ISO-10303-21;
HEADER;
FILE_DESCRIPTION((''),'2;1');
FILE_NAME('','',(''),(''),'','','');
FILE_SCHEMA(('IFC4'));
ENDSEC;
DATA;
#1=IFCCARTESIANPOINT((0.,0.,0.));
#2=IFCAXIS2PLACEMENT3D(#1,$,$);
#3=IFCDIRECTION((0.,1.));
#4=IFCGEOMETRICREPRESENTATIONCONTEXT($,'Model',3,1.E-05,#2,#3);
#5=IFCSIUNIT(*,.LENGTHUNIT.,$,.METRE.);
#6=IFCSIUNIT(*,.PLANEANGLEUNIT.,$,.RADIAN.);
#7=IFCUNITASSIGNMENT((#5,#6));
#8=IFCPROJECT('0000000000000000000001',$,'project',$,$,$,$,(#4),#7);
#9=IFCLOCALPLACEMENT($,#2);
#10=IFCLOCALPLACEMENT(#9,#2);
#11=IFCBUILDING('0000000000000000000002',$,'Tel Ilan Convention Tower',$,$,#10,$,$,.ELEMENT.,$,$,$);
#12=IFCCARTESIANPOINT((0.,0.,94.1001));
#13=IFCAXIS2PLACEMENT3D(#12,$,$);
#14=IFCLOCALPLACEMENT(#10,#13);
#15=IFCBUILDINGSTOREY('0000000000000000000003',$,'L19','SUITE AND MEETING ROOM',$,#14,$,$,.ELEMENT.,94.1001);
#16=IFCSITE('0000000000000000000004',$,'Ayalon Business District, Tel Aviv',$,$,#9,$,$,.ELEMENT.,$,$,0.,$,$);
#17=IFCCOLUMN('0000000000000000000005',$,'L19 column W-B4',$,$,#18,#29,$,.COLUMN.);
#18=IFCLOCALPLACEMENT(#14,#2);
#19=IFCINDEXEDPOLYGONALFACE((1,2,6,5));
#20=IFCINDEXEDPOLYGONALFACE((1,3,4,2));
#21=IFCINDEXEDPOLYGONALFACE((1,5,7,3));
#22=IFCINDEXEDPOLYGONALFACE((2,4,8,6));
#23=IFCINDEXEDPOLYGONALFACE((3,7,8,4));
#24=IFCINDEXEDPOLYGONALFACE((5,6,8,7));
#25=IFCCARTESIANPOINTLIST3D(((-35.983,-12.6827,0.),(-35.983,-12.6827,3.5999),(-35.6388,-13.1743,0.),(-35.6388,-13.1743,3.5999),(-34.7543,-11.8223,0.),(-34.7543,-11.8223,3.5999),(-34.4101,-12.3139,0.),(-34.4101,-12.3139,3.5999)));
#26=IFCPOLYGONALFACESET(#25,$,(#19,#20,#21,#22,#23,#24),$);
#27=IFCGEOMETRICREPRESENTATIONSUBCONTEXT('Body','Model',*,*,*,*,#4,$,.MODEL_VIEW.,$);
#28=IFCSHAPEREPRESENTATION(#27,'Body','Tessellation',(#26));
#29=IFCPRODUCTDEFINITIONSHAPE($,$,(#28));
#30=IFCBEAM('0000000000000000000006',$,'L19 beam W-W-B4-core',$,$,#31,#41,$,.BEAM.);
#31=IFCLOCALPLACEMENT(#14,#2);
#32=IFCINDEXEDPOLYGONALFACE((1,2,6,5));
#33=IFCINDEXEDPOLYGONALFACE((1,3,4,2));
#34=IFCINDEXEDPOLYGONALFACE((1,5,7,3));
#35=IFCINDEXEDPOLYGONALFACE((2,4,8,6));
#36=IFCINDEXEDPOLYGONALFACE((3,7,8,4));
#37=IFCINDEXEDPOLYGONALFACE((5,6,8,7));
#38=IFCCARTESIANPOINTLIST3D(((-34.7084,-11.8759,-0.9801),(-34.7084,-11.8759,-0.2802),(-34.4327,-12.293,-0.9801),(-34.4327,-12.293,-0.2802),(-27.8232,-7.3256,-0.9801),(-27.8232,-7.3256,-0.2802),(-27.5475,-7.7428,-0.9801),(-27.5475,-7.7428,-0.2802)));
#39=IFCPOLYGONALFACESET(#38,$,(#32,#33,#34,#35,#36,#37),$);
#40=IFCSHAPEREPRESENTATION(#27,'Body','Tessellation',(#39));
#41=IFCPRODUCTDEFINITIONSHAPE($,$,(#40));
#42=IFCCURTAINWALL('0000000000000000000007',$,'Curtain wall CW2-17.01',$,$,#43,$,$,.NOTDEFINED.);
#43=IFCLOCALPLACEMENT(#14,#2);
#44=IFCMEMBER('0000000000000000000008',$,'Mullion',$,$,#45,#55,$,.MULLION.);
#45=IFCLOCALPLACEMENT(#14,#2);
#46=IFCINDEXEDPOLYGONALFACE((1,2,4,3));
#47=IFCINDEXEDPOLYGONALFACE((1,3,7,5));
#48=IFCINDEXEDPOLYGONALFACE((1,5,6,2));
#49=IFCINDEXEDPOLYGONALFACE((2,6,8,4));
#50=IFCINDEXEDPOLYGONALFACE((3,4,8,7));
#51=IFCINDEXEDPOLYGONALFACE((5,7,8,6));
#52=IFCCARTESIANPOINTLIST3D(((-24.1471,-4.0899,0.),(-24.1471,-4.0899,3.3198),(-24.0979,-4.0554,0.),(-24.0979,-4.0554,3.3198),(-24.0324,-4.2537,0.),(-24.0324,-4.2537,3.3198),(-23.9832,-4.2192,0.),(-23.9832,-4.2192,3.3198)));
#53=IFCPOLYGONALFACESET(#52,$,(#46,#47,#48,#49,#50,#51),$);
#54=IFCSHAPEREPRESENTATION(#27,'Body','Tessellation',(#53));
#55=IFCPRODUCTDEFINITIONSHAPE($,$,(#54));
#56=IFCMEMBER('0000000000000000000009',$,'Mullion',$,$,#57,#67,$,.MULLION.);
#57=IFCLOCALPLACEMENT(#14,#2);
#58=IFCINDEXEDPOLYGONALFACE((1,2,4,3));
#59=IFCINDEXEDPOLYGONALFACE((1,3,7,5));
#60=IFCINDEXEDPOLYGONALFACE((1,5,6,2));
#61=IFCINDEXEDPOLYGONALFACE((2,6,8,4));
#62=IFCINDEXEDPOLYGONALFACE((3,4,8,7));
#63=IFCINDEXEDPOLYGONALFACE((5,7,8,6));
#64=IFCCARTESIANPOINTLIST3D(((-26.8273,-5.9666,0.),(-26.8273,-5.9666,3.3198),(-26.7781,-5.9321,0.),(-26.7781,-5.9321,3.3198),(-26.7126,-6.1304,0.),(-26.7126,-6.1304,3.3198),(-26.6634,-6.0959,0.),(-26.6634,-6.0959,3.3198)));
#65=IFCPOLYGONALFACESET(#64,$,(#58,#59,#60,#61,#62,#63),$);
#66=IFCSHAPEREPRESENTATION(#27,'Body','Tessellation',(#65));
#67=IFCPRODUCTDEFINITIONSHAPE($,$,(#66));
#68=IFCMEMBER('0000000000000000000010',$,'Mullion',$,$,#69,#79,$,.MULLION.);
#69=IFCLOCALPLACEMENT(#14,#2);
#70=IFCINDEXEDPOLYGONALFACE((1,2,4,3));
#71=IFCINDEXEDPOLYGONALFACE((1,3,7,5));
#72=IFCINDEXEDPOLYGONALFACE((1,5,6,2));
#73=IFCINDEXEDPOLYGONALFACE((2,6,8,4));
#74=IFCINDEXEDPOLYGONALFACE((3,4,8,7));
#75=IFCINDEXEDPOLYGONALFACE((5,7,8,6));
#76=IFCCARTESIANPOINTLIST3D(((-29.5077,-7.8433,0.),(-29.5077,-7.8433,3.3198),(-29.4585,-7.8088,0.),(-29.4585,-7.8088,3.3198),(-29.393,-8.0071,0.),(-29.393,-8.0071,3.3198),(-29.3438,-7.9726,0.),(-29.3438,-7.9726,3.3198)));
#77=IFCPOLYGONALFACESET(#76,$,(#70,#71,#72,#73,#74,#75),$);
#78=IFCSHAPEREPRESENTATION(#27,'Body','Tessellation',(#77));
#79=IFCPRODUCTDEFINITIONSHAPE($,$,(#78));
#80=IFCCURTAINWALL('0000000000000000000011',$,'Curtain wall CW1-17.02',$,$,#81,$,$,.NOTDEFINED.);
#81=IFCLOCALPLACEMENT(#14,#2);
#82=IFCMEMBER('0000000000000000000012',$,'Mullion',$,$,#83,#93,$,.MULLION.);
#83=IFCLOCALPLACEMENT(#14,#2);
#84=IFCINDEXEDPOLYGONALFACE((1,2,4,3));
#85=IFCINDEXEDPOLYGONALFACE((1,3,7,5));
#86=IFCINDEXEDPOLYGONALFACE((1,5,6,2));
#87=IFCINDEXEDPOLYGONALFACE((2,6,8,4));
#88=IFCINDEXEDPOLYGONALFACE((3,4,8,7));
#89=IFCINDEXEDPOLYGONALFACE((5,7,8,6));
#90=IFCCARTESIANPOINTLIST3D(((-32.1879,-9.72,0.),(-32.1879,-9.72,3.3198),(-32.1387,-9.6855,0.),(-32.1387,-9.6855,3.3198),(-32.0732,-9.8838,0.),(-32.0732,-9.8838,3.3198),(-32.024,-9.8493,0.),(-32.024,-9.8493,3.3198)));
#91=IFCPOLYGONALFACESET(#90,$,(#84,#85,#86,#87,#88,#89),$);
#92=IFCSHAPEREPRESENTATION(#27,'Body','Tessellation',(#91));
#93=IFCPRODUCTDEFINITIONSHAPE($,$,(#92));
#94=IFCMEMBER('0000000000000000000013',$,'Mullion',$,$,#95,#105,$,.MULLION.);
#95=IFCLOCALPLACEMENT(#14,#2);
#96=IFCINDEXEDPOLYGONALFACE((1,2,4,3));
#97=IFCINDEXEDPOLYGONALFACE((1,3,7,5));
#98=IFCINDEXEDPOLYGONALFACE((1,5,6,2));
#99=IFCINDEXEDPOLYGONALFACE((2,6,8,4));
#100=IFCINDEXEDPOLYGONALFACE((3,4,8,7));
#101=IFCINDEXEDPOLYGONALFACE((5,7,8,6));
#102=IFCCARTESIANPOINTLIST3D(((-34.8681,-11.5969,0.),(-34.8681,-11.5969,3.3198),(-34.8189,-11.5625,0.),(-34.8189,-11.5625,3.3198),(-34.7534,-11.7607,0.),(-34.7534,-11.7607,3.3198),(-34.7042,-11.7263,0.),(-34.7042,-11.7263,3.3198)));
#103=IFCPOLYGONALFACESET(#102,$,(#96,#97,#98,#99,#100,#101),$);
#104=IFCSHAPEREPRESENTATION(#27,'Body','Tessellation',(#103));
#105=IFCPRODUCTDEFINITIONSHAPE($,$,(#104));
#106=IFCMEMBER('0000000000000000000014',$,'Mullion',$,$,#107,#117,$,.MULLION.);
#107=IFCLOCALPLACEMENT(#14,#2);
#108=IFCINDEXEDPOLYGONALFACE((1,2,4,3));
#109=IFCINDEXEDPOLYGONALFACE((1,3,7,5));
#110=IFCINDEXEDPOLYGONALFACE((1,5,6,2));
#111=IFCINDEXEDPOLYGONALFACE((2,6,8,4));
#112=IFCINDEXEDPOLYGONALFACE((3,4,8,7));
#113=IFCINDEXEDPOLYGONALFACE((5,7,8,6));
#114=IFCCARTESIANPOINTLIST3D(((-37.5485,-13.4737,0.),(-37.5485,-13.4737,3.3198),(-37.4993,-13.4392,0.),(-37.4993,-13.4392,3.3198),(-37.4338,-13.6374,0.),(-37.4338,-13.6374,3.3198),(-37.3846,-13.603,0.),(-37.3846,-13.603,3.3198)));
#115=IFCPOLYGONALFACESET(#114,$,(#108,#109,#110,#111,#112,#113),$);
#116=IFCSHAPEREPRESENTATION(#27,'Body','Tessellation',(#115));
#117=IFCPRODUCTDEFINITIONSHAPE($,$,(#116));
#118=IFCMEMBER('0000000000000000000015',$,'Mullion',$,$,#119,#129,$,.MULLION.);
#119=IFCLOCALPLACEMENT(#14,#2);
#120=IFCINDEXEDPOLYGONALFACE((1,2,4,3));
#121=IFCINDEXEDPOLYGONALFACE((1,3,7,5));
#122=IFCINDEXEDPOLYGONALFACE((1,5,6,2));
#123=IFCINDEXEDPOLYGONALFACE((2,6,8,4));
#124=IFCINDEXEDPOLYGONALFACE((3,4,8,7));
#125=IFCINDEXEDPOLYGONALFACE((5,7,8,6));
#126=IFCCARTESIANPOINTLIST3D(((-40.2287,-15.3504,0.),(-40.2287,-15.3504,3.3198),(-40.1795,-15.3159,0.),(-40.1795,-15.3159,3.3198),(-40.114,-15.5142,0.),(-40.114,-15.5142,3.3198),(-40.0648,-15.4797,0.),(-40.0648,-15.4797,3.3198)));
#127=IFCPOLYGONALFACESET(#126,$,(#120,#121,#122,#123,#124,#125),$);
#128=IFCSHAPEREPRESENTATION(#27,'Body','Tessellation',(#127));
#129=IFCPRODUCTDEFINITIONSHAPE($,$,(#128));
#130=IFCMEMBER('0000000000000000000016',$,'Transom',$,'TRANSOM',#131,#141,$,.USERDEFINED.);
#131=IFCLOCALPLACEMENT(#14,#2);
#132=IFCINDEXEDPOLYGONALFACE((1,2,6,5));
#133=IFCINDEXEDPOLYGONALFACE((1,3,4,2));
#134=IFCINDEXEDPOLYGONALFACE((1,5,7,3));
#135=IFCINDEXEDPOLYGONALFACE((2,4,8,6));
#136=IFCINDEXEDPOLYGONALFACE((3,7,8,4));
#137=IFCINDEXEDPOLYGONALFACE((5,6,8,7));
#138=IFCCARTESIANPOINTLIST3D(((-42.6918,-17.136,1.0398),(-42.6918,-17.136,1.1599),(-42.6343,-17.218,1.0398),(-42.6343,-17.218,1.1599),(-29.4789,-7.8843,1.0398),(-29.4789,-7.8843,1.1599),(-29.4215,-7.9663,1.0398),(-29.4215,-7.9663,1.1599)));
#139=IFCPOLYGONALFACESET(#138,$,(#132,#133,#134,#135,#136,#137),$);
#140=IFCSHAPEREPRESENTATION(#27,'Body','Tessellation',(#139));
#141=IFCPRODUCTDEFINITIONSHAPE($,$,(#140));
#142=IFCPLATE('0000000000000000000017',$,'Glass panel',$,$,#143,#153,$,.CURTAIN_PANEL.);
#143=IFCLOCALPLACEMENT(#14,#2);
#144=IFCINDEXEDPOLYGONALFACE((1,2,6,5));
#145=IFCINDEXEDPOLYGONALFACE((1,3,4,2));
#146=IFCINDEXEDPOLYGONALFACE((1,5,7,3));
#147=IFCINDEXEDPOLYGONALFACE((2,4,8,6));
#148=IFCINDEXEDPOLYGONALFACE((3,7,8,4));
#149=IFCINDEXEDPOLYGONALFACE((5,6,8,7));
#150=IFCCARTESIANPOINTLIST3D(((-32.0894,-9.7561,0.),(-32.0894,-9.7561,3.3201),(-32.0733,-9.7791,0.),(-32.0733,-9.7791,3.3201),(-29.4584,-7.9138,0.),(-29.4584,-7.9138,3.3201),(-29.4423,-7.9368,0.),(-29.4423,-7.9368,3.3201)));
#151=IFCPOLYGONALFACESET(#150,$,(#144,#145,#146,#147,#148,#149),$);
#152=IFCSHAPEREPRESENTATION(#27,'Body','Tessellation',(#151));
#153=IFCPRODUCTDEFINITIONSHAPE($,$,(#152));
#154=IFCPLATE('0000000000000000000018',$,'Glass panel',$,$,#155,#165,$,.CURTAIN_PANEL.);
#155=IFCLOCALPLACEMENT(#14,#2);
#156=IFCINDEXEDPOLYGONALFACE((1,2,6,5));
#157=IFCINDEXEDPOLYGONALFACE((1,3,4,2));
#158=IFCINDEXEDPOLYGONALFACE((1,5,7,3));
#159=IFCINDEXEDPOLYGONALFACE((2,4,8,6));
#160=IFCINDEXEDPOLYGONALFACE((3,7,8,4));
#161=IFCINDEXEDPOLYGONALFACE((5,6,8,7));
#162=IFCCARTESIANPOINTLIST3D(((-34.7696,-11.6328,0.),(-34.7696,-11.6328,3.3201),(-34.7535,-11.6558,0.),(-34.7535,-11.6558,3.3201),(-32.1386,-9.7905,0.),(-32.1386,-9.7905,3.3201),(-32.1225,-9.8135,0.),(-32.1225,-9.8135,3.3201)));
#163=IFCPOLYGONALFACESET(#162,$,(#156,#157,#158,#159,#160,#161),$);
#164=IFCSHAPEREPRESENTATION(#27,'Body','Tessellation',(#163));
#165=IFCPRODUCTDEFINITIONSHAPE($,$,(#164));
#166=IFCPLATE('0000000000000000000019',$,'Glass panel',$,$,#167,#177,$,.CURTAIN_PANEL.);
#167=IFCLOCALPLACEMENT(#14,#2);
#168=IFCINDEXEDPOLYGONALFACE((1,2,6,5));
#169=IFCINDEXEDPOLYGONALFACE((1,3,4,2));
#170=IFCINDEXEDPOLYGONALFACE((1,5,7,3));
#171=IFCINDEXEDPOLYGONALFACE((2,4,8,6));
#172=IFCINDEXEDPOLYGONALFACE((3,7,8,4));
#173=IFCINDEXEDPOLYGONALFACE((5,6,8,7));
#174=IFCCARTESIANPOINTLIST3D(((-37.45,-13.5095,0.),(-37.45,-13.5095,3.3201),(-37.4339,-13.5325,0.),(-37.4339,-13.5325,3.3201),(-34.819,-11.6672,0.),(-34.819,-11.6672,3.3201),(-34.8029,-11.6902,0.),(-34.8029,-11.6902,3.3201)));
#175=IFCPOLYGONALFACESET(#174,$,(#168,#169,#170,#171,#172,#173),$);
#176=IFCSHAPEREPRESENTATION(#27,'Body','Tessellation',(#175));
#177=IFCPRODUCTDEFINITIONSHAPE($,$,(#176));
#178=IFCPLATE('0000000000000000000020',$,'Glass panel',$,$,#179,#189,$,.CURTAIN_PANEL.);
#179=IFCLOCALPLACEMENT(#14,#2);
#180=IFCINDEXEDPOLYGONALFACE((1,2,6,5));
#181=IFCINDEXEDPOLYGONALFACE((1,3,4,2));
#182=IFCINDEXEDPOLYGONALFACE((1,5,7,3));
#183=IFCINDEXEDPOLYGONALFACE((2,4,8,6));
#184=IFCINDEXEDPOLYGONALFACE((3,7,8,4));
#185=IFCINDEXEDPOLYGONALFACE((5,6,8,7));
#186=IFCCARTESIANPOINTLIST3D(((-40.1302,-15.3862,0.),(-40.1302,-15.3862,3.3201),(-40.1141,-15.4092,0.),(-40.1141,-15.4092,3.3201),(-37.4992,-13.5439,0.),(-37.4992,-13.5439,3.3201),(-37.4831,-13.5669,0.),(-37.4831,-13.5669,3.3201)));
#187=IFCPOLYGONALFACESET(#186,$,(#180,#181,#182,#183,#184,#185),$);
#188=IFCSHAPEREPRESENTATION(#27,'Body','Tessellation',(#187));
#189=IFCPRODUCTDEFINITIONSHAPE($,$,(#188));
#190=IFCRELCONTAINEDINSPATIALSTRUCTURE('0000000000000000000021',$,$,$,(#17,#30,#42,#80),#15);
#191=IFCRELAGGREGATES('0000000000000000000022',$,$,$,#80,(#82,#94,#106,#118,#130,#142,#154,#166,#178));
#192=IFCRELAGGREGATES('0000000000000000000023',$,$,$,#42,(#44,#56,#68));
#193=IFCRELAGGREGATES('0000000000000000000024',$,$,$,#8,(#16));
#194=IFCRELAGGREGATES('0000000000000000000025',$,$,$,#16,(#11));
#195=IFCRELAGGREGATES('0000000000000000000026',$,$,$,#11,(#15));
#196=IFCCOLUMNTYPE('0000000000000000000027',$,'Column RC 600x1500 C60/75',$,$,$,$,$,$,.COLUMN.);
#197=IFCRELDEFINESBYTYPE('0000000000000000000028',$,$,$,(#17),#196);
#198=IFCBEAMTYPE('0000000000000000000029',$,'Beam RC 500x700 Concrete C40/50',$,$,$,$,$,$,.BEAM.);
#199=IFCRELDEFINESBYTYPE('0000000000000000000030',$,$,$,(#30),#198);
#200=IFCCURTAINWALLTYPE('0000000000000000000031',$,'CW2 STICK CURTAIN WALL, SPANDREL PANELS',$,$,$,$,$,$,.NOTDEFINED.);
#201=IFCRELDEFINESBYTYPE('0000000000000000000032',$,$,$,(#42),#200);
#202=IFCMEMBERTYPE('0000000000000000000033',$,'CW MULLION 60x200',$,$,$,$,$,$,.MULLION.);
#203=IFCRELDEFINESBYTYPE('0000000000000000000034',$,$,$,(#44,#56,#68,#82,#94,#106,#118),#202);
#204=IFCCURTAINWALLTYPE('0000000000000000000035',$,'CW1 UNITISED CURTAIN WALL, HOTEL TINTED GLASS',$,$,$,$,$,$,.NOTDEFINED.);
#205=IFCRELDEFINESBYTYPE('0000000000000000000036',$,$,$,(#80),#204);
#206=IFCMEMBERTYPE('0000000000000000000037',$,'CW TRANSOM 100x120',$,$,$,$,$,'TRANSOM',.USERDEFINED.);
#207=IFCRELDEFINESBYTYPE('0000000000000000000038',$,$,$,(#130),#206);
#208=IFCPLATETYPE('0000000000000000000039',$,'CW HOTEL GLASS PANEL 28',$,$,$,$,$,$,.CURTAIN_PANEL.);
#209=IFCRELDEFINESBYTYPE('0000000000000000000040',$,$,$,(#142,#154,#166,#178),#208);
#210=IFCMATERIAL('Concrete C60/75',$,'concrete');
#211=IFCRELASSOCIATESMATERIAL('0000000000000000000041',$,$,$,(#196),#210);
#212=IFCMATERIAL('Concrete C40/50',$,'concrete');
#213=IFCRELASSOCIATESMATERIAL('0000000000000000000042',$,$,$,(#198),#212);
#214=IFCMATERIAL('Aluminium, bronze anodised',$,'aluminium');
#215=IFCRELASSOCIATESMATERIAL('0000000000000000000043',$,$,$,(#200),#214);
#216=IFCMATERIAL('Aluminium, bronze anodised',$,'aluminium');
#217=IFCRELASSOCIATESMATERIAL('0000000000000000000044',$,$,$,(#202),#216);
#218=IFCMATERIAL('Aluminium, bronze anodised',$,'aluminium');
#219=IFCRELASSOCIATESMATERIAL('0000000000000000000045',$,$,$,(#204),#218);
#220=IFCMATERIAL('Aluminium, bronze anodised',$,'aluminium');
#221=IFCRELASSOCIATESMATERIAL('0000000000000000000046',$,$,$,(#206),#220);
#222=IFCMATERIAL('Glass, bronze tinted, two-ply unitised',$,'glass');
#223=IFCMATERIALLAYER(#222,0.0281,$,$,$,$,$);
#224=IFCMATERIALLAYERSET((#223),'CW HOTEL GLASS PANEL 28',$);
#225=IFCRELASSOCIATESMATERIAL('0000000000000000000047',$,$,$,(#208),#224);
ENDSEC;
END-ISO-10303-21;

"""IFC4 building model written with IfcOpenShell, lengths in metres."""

from ifc_helpers import new_model, si_unit, direction, frame, origin, origin_2d, place, context, subcontext, project, spatial, rectangle, extrude, material, layer, layer_set, material_profile, profile_set, type_object, element, aggregate, save


model = new_model("IFC4")

# Units and contexts
model_context = context("Model", 3, precision=1e-05, world=origin(), true_north=direction((0.0, 1.0)))
body_context = subcontext(model_context, "Body", "Model", "MODEL_VIEW")
ifc_project = project(units=[si_unit("LENGTHUNIT", "METRE"), si_unit("PLANEANGLEUNIT", "RADIAN")], contexts=[model_context])

# Site, building, storey
site_placement = place(None, origin())
site = spatial("IfcSite", under=ifc_project, at=site_placement, Name="Ayalon Business District, Tel Aviv", CompositionType="ELEMENT", RefElevation=0.0)
building_placement = place(site_placement, origin())
building = spatial("IfcBuilding", under=site, at=building_placement, Name="Tel Ilan Convention Tower", CompositionType="ELEMENT")
storey_placement = place(building_placement, frame((0.0, 0.0, 94.1001)))
storey = spatial("IfcBuildingStorey", under=building, at=storey_placement, Name="L19", Description="SUITE AND MEETING ROOM", CompositionType="ELEMENT", Elevation=94.1001)

# Column
ifc_material_1 = material(Name="Concrete C60/75", Category="concrete")
ifc_material_profile_1 = material_profile(ifc_material_1, rectangle(XDim=1.5, YDim=0.6001, at=origin_2d()), Name="RC 600x1500")
ifc_profile_set_1 = profile_set([ifc_material_profile_1], Name="Concrete C60/75")
column_type = type_object("IfcColumnType", Name="Column RC 600x1500 C60/75", PredefinedType="COLUMN", material=ifc_profile_set_1)
column_placement = place(storey_placement, frame((-35.1965, -12.4983, 0.0), z_axis=(0.0, 0.0, 1.0), x_axis=(-0.819152, -0.573576, 0.0)))
element("IfcColumn", 1, at=column_placement, inside=storey, type_object=column_type, Name="L19 column W-B4", PredefinedType="COLUMN", context=body_context, shape_type="SweptSolid", body=[
    extrude(rectangle(XDim=1.5, YDim=0.6001, at=origin_2d()), origin(), (0.0, 0.0, 1.0), 3.5999),
])

# Beam
ifc_material_2 = material(Name="Concrete C40/50", Category="concrete")
ifc_material_profile_2 = material_profile(ifc_material_2, rectangle(XDim=0.5, YDim=0.7, at=origin_2d()), Name="RC 500x700")
ifc_profile_set_2 = profile_set([ifc_material_profile_2], Name="Concrete C40/50")
beam_type = type_object("IfcBeamType", Name="Beam RC 500x700 Concrete C40/50", PredefinedType="BEAM", material=ifc_profile_set_2)
beam_placement = place(storey_placement, frame((-34.5706, -12.0845, -0.6301), z_axis=(0.834274, 0.551351, 0.0), x_axis=(-0.551351, 0.834274, 0.0)))
element("IfcBeam", 2, at=beam_placement, inside=storey, type_object=beam_type, Name="L19 beam W-W-B4-core", PredefinedType="BEAM", context=body_context, shape_type="SweptSolid", body=[
    extrude(rectangle(XDim=0.5, YDim=0.7, at=origin_2d()), origin(), (0.0, 0.0, 1.0), 8.2529),
])

# Curtain wall, members
ifc_material_3 = material(Name="Aluminium, bronze anodised", Category="aluminium")
curtain_wall_type_1 = type_object("IfcCurtainWallType", Name="CW2 STICK CURTAIN WALL, SPANDREL PANELS", PredefinedType="NOTDEFINED", material=ifc_material_3)
curtain_wall_1_placement = place(storey_placement, origin())
curtain_wall_1 = element("IfcCurtainWall", 3, at=curtain_wall_1_placement, inside=storey, type_object=curtain_wall_type_1, Name="Curtain wall CW2-17.01", PredefinedType="NOTDEFINED")
ifc_material_4 = material(Name="Aluminium, bronze anodised", Category="aluminium")
ifc_material_profile_3 = material_profile(ifc_material_4, rectangle(XDim=0.0601, YDim=0.2, at=origin_2d()), Name="CW MULLION 60x200")
ifc_profile_set_3 = profile_set([ifc_material_profile_3], Name="Aluminium, bronze anodised")
member_type_1 = type_object("IfcMemberType", Name="CW MULLION 60x200", PredefinedType="MULLION", material=ifc_profile_set_3)
member_1_placement = place(storey_placement, frame((-24.0652, -4.1545, 0.0), z_axis=(0.0, 0.0, 1.0), x_axis=(-0.819152, -0.573576, 0.0)))
member_1 = element("IfcMember", 4, at=member_1_placement, type_object=member_type_1, Name="Mullion", PredefinedType="MULLION", context=body_context, shape_type="SweptSolid", body=[
    extrude(rectangle(XDim=0.0601, YDim=0.2, at=origin_2d()), origin(), (0.0, 0.0, 1.0), 3.3198),
])
member_2_placement = place(storey_placement, frame((-26.7454, -6.0312, 0.0), z_axis=(0.0, 0.0, 1.0), x_axis=(-0.819152, -0.573576, 0.0)))
member_2 = element("IfcMember", 5, at=member_2_placement, type_object=member_type_1, Name="Mullion", PredefinedType="MULLION", context=body_context, shape_type="SweptSolid", body=[
    extrude(rectangle(XDim=0.0601, YDim=0.2, at=origin_2d()), origin(), (0.0, 0.0, 1.0), 3.3198),
])
member_3_placement = place(storey_placement, frame((-29.4258, -7.908, 0.0), z_axis=(0.0, 0.0, 1.0), x_axis=(-0.819152, -0.573576, 0.0)))
member_3 = element("IfcMember", 6, at=member_3_placement, type_object=member_type_1, Name="Mullion", PredefinedType="MULLION", context=body_context, shape_type="SweptSolid", body=[
    extrude(rectangle(XDim=0.0601, YDim=0.2, at=origin_2d()), origin(), (0.0, 0.0, 1.0), 3.3198),
])

# Curtain wall, members, plates
ifc_material_5 = material(Name="Aluminium, bronze anodised", Category="aluminium")
curtain_wall_type_2 = type_object("IfcCurtainWallType", Name="CW1 UNITISED CURTAIN WALL, HOTEL TINTED GLASS", PredefinedType="NOTDEFINED", material=ifc_material_5)
curtain_wall_2_placement = place(storey_placement, origin())
curtain_wall_2 = element("IfcCurtainWall", 7, at=curtain_wall_2_placement, inside=storey, type_object=curtain_wall_type_2, Name="Curtain wall CW1-17.02", PredefinedType="NOTDEFINED")
member_4_placement = place(storey_placement, frame((-32.106, -9.7847, 0.0), z_axis=(0.0, 0.0, 1.0), x_axis=(-0.819152, -0.573576, 0.0)))
member_4 = element("IfcMember", 8, at=member_4_placement, type_object=member_type_1, Name="Mullion", PredefinedType="MULLION", context=body_context, shape_type="SweptSolid", body=[
    extrude(rectangle(XDim=0.0601, YDim=0.2, at=origin_2d()), origin(), (0.0, 0.0, 1.0), 3.3198),
])
member_5_placement = place(storey_placement, frame((-34.7861, -11.6616, 0.0), z_axis=(0.0, 0.0, 1.0), x_axis=(-0.819152, -0.573576, 0.0)))
member_5 = element("IfcMember", 9, at=member_5_placement, type_object=member_type_1, Name="Mullion", PredefinedType="MULLION", context=body_context, shape_type="SweptSolid", body=[
    extrude(rectangle(XDim=0.0601, YDim=0.2, at=origin_2d()), origin(), (0.0, 0.0, 1.0), 3.3198),
])
member_6_placement = place(storey_placement, frame((-37.4666, -13.5383, 0.0), z_axis=(0.0, 0.0, 1.0), x_axis=(-0.819152, -0.573576, 0.0)))
member_6 = element("IfcMember", 10, at=member_6_placement, type_object=member_type_1, Name="Mullion", PredefinedType="MULLION", context=body_context, shape_type="SweptSolid", body=[
    extrude(rectangle(XDim=0.0601, YDim=0.2, at=origin_2d()), origin(), (0.0, 0.0, 1.0), 3.3198),
])
member_7_placement = place(storey_placement, frame((-40.1467, -15.415, 0.0), z_axis=(0.0, 0.0, 1.0), x_axis=(-0.819152, -0.573576, 0.0)))
member_7 = element("IfcMember", 11, at=member_7_placement, type_object=member_type_1, Name="Mullion", PredefinedType="MULLION", context=body_context, shape_type="SweptSolid", body=[
    extrude(rectangle(XDim=0.0601, YDim=0.2, at=origin_2d()), origin(), (0.0, 0.0, 1.0), 3.3198),
])
ifc_material_6 = material(Name="Aluminium, bronze anodised", Category="aluminium")
ifc_material_profile_4 = material_profile(ifc_material_6, rectangle(XDim=0.1001, YDim=0.1201, at=origin_2d()), Name="CW TRANSOM 100x120")
ifc_profile_set_4 = profile_set([ifc_material_profile_4], Name="Aluminium, bronze anodised")
member_type_2 = type_object("IfcMemberType", Name="CW TRANSOM 100x120", ElementType="TRANSOM", PredefinedType="USERDEFINED", material=ifc_profile_set_4)
member_8_placement = place(storey_placement, frame((-29.4502, -7.9253, 1.0999), z_axis=(-0.819154, -0.573574, 0.0), x_axis=(0.573574, -0.819154, 0.0)))
member_8 = element("IfcMember", 12, at=member_8_placement, type_object=member_type_2, Name="Transom", ObjectType="TRANSOM", PredefinedType="USERDEFINED", context=body_context, shape_type="SweptSolid", body=[
    extrude(rectangle(XDim=0.1001, YDim=0.1201, at=origin_2d()), origin(), (0.0, 0.0, 1.0), 16.1299),
])
ifc_material_7 = material(Name="Glass, bronze tinted, two-ply unitised", Category="glass")
ifc_layer_1 = layer(ifc_material_7, 0.0281)
ifc_layer_set_1 = layer_set([ifc_layer_1], Name="CW HOTEL GLASS PANEL 28")
plate_type_1 = type_object("IfcPlateType", Name="CW HOTEL GLASS PANEL 28", PredefinedType="CURTAIN_PANEL", material=ifc_layer_set_1)
plate_1_placement = place(storey_placement, frame((-30.7659, -8.8464, 0.0), z_axis=(0.0, 0.0, 1.0), x_axis=(-0.819152, -0.573576, 0.0)))
plate_1 = element("IfcPlate", 13, at=plate_1_placement, type_object=plate_type_1, Name="Glass panel", PredefinedType="CURTAIN_PANEL", context=body_context, shape_type="SweptSolid", body=[
    extrude(rectangle(XDim=3.2119, YDim=0.0281, at=origin_2d()), origin(), (0.0, 0.0, 1.0), 3.3201),
])
plate_2_placement = place(storey_placement, frame((-33.446, -10.7231, 0.0), z_axis=(0.0, 0.0, 1.0), x_axis=(-0.819152, -0.573576, 0.0)))
plate_2 = element("IfcPlate", 14, at=plate_2_placement, type_object=plate_type_1, Name="Glass panel", PredefinedType="CURTAIN_PANEL", context=body_context, shape_type="SweptSolid", body=[
    extrude(rectangle(XDim=3.2119, YDim=0.0281, at=origin_2d()), origin(), (0.0, 0.0, 1.0), 3.3201),
])
plate_3_placement = place(storey_placement, frame((-36.1265, -12.5999, 0.0), z_axis=(0.0, 0.0, 1.0), x_axis=(-0.819152, -0.573576, 0.0)))
plate_3 = element("IfcPlate", 15, at=plate_3_placement, type_object=plate_type_1, Name="Glass panel", PredefinedType="CURTAIN_PANEL", context=body_context, shape_type="SweptSolid", body=[
    extrude(rectangle(XDim=3.2119, YDim=0.0281, at=origin_2d()), origin(), (0.0, 0.0, 1.0), 3.3201),
])
plate_4_placement = place(storey_placement, frame((-38.8066, -14.4766, 0.0), z_axis=(0.0, 0.0, 1.0), x_axis=(-0.819152, -0.573576, 0.0)))
plate_4 = element("IfcPlate", 16, at=plate_4_placement, type_object=plate_type_1, Name="Glass panel", PredefinedType="CURTAIN_PANEL", context=body_context, shape_type="SweptSolid", body=[
    extrude(rectangle(XDim=3.2119, YDim=0.0281, at=origin_2d()), origin(), (0.0, 0.0, 1.0), 3.3201),
])
aggregate(curtain_wall_2, [member_4, member_5, member_6, member_7, member_8, plate_1, plate_2, plate_3, plate_4])

aggregate(curtain_wall_1, [member_1, member_2, member_3])

save(model, "model.ifc")
